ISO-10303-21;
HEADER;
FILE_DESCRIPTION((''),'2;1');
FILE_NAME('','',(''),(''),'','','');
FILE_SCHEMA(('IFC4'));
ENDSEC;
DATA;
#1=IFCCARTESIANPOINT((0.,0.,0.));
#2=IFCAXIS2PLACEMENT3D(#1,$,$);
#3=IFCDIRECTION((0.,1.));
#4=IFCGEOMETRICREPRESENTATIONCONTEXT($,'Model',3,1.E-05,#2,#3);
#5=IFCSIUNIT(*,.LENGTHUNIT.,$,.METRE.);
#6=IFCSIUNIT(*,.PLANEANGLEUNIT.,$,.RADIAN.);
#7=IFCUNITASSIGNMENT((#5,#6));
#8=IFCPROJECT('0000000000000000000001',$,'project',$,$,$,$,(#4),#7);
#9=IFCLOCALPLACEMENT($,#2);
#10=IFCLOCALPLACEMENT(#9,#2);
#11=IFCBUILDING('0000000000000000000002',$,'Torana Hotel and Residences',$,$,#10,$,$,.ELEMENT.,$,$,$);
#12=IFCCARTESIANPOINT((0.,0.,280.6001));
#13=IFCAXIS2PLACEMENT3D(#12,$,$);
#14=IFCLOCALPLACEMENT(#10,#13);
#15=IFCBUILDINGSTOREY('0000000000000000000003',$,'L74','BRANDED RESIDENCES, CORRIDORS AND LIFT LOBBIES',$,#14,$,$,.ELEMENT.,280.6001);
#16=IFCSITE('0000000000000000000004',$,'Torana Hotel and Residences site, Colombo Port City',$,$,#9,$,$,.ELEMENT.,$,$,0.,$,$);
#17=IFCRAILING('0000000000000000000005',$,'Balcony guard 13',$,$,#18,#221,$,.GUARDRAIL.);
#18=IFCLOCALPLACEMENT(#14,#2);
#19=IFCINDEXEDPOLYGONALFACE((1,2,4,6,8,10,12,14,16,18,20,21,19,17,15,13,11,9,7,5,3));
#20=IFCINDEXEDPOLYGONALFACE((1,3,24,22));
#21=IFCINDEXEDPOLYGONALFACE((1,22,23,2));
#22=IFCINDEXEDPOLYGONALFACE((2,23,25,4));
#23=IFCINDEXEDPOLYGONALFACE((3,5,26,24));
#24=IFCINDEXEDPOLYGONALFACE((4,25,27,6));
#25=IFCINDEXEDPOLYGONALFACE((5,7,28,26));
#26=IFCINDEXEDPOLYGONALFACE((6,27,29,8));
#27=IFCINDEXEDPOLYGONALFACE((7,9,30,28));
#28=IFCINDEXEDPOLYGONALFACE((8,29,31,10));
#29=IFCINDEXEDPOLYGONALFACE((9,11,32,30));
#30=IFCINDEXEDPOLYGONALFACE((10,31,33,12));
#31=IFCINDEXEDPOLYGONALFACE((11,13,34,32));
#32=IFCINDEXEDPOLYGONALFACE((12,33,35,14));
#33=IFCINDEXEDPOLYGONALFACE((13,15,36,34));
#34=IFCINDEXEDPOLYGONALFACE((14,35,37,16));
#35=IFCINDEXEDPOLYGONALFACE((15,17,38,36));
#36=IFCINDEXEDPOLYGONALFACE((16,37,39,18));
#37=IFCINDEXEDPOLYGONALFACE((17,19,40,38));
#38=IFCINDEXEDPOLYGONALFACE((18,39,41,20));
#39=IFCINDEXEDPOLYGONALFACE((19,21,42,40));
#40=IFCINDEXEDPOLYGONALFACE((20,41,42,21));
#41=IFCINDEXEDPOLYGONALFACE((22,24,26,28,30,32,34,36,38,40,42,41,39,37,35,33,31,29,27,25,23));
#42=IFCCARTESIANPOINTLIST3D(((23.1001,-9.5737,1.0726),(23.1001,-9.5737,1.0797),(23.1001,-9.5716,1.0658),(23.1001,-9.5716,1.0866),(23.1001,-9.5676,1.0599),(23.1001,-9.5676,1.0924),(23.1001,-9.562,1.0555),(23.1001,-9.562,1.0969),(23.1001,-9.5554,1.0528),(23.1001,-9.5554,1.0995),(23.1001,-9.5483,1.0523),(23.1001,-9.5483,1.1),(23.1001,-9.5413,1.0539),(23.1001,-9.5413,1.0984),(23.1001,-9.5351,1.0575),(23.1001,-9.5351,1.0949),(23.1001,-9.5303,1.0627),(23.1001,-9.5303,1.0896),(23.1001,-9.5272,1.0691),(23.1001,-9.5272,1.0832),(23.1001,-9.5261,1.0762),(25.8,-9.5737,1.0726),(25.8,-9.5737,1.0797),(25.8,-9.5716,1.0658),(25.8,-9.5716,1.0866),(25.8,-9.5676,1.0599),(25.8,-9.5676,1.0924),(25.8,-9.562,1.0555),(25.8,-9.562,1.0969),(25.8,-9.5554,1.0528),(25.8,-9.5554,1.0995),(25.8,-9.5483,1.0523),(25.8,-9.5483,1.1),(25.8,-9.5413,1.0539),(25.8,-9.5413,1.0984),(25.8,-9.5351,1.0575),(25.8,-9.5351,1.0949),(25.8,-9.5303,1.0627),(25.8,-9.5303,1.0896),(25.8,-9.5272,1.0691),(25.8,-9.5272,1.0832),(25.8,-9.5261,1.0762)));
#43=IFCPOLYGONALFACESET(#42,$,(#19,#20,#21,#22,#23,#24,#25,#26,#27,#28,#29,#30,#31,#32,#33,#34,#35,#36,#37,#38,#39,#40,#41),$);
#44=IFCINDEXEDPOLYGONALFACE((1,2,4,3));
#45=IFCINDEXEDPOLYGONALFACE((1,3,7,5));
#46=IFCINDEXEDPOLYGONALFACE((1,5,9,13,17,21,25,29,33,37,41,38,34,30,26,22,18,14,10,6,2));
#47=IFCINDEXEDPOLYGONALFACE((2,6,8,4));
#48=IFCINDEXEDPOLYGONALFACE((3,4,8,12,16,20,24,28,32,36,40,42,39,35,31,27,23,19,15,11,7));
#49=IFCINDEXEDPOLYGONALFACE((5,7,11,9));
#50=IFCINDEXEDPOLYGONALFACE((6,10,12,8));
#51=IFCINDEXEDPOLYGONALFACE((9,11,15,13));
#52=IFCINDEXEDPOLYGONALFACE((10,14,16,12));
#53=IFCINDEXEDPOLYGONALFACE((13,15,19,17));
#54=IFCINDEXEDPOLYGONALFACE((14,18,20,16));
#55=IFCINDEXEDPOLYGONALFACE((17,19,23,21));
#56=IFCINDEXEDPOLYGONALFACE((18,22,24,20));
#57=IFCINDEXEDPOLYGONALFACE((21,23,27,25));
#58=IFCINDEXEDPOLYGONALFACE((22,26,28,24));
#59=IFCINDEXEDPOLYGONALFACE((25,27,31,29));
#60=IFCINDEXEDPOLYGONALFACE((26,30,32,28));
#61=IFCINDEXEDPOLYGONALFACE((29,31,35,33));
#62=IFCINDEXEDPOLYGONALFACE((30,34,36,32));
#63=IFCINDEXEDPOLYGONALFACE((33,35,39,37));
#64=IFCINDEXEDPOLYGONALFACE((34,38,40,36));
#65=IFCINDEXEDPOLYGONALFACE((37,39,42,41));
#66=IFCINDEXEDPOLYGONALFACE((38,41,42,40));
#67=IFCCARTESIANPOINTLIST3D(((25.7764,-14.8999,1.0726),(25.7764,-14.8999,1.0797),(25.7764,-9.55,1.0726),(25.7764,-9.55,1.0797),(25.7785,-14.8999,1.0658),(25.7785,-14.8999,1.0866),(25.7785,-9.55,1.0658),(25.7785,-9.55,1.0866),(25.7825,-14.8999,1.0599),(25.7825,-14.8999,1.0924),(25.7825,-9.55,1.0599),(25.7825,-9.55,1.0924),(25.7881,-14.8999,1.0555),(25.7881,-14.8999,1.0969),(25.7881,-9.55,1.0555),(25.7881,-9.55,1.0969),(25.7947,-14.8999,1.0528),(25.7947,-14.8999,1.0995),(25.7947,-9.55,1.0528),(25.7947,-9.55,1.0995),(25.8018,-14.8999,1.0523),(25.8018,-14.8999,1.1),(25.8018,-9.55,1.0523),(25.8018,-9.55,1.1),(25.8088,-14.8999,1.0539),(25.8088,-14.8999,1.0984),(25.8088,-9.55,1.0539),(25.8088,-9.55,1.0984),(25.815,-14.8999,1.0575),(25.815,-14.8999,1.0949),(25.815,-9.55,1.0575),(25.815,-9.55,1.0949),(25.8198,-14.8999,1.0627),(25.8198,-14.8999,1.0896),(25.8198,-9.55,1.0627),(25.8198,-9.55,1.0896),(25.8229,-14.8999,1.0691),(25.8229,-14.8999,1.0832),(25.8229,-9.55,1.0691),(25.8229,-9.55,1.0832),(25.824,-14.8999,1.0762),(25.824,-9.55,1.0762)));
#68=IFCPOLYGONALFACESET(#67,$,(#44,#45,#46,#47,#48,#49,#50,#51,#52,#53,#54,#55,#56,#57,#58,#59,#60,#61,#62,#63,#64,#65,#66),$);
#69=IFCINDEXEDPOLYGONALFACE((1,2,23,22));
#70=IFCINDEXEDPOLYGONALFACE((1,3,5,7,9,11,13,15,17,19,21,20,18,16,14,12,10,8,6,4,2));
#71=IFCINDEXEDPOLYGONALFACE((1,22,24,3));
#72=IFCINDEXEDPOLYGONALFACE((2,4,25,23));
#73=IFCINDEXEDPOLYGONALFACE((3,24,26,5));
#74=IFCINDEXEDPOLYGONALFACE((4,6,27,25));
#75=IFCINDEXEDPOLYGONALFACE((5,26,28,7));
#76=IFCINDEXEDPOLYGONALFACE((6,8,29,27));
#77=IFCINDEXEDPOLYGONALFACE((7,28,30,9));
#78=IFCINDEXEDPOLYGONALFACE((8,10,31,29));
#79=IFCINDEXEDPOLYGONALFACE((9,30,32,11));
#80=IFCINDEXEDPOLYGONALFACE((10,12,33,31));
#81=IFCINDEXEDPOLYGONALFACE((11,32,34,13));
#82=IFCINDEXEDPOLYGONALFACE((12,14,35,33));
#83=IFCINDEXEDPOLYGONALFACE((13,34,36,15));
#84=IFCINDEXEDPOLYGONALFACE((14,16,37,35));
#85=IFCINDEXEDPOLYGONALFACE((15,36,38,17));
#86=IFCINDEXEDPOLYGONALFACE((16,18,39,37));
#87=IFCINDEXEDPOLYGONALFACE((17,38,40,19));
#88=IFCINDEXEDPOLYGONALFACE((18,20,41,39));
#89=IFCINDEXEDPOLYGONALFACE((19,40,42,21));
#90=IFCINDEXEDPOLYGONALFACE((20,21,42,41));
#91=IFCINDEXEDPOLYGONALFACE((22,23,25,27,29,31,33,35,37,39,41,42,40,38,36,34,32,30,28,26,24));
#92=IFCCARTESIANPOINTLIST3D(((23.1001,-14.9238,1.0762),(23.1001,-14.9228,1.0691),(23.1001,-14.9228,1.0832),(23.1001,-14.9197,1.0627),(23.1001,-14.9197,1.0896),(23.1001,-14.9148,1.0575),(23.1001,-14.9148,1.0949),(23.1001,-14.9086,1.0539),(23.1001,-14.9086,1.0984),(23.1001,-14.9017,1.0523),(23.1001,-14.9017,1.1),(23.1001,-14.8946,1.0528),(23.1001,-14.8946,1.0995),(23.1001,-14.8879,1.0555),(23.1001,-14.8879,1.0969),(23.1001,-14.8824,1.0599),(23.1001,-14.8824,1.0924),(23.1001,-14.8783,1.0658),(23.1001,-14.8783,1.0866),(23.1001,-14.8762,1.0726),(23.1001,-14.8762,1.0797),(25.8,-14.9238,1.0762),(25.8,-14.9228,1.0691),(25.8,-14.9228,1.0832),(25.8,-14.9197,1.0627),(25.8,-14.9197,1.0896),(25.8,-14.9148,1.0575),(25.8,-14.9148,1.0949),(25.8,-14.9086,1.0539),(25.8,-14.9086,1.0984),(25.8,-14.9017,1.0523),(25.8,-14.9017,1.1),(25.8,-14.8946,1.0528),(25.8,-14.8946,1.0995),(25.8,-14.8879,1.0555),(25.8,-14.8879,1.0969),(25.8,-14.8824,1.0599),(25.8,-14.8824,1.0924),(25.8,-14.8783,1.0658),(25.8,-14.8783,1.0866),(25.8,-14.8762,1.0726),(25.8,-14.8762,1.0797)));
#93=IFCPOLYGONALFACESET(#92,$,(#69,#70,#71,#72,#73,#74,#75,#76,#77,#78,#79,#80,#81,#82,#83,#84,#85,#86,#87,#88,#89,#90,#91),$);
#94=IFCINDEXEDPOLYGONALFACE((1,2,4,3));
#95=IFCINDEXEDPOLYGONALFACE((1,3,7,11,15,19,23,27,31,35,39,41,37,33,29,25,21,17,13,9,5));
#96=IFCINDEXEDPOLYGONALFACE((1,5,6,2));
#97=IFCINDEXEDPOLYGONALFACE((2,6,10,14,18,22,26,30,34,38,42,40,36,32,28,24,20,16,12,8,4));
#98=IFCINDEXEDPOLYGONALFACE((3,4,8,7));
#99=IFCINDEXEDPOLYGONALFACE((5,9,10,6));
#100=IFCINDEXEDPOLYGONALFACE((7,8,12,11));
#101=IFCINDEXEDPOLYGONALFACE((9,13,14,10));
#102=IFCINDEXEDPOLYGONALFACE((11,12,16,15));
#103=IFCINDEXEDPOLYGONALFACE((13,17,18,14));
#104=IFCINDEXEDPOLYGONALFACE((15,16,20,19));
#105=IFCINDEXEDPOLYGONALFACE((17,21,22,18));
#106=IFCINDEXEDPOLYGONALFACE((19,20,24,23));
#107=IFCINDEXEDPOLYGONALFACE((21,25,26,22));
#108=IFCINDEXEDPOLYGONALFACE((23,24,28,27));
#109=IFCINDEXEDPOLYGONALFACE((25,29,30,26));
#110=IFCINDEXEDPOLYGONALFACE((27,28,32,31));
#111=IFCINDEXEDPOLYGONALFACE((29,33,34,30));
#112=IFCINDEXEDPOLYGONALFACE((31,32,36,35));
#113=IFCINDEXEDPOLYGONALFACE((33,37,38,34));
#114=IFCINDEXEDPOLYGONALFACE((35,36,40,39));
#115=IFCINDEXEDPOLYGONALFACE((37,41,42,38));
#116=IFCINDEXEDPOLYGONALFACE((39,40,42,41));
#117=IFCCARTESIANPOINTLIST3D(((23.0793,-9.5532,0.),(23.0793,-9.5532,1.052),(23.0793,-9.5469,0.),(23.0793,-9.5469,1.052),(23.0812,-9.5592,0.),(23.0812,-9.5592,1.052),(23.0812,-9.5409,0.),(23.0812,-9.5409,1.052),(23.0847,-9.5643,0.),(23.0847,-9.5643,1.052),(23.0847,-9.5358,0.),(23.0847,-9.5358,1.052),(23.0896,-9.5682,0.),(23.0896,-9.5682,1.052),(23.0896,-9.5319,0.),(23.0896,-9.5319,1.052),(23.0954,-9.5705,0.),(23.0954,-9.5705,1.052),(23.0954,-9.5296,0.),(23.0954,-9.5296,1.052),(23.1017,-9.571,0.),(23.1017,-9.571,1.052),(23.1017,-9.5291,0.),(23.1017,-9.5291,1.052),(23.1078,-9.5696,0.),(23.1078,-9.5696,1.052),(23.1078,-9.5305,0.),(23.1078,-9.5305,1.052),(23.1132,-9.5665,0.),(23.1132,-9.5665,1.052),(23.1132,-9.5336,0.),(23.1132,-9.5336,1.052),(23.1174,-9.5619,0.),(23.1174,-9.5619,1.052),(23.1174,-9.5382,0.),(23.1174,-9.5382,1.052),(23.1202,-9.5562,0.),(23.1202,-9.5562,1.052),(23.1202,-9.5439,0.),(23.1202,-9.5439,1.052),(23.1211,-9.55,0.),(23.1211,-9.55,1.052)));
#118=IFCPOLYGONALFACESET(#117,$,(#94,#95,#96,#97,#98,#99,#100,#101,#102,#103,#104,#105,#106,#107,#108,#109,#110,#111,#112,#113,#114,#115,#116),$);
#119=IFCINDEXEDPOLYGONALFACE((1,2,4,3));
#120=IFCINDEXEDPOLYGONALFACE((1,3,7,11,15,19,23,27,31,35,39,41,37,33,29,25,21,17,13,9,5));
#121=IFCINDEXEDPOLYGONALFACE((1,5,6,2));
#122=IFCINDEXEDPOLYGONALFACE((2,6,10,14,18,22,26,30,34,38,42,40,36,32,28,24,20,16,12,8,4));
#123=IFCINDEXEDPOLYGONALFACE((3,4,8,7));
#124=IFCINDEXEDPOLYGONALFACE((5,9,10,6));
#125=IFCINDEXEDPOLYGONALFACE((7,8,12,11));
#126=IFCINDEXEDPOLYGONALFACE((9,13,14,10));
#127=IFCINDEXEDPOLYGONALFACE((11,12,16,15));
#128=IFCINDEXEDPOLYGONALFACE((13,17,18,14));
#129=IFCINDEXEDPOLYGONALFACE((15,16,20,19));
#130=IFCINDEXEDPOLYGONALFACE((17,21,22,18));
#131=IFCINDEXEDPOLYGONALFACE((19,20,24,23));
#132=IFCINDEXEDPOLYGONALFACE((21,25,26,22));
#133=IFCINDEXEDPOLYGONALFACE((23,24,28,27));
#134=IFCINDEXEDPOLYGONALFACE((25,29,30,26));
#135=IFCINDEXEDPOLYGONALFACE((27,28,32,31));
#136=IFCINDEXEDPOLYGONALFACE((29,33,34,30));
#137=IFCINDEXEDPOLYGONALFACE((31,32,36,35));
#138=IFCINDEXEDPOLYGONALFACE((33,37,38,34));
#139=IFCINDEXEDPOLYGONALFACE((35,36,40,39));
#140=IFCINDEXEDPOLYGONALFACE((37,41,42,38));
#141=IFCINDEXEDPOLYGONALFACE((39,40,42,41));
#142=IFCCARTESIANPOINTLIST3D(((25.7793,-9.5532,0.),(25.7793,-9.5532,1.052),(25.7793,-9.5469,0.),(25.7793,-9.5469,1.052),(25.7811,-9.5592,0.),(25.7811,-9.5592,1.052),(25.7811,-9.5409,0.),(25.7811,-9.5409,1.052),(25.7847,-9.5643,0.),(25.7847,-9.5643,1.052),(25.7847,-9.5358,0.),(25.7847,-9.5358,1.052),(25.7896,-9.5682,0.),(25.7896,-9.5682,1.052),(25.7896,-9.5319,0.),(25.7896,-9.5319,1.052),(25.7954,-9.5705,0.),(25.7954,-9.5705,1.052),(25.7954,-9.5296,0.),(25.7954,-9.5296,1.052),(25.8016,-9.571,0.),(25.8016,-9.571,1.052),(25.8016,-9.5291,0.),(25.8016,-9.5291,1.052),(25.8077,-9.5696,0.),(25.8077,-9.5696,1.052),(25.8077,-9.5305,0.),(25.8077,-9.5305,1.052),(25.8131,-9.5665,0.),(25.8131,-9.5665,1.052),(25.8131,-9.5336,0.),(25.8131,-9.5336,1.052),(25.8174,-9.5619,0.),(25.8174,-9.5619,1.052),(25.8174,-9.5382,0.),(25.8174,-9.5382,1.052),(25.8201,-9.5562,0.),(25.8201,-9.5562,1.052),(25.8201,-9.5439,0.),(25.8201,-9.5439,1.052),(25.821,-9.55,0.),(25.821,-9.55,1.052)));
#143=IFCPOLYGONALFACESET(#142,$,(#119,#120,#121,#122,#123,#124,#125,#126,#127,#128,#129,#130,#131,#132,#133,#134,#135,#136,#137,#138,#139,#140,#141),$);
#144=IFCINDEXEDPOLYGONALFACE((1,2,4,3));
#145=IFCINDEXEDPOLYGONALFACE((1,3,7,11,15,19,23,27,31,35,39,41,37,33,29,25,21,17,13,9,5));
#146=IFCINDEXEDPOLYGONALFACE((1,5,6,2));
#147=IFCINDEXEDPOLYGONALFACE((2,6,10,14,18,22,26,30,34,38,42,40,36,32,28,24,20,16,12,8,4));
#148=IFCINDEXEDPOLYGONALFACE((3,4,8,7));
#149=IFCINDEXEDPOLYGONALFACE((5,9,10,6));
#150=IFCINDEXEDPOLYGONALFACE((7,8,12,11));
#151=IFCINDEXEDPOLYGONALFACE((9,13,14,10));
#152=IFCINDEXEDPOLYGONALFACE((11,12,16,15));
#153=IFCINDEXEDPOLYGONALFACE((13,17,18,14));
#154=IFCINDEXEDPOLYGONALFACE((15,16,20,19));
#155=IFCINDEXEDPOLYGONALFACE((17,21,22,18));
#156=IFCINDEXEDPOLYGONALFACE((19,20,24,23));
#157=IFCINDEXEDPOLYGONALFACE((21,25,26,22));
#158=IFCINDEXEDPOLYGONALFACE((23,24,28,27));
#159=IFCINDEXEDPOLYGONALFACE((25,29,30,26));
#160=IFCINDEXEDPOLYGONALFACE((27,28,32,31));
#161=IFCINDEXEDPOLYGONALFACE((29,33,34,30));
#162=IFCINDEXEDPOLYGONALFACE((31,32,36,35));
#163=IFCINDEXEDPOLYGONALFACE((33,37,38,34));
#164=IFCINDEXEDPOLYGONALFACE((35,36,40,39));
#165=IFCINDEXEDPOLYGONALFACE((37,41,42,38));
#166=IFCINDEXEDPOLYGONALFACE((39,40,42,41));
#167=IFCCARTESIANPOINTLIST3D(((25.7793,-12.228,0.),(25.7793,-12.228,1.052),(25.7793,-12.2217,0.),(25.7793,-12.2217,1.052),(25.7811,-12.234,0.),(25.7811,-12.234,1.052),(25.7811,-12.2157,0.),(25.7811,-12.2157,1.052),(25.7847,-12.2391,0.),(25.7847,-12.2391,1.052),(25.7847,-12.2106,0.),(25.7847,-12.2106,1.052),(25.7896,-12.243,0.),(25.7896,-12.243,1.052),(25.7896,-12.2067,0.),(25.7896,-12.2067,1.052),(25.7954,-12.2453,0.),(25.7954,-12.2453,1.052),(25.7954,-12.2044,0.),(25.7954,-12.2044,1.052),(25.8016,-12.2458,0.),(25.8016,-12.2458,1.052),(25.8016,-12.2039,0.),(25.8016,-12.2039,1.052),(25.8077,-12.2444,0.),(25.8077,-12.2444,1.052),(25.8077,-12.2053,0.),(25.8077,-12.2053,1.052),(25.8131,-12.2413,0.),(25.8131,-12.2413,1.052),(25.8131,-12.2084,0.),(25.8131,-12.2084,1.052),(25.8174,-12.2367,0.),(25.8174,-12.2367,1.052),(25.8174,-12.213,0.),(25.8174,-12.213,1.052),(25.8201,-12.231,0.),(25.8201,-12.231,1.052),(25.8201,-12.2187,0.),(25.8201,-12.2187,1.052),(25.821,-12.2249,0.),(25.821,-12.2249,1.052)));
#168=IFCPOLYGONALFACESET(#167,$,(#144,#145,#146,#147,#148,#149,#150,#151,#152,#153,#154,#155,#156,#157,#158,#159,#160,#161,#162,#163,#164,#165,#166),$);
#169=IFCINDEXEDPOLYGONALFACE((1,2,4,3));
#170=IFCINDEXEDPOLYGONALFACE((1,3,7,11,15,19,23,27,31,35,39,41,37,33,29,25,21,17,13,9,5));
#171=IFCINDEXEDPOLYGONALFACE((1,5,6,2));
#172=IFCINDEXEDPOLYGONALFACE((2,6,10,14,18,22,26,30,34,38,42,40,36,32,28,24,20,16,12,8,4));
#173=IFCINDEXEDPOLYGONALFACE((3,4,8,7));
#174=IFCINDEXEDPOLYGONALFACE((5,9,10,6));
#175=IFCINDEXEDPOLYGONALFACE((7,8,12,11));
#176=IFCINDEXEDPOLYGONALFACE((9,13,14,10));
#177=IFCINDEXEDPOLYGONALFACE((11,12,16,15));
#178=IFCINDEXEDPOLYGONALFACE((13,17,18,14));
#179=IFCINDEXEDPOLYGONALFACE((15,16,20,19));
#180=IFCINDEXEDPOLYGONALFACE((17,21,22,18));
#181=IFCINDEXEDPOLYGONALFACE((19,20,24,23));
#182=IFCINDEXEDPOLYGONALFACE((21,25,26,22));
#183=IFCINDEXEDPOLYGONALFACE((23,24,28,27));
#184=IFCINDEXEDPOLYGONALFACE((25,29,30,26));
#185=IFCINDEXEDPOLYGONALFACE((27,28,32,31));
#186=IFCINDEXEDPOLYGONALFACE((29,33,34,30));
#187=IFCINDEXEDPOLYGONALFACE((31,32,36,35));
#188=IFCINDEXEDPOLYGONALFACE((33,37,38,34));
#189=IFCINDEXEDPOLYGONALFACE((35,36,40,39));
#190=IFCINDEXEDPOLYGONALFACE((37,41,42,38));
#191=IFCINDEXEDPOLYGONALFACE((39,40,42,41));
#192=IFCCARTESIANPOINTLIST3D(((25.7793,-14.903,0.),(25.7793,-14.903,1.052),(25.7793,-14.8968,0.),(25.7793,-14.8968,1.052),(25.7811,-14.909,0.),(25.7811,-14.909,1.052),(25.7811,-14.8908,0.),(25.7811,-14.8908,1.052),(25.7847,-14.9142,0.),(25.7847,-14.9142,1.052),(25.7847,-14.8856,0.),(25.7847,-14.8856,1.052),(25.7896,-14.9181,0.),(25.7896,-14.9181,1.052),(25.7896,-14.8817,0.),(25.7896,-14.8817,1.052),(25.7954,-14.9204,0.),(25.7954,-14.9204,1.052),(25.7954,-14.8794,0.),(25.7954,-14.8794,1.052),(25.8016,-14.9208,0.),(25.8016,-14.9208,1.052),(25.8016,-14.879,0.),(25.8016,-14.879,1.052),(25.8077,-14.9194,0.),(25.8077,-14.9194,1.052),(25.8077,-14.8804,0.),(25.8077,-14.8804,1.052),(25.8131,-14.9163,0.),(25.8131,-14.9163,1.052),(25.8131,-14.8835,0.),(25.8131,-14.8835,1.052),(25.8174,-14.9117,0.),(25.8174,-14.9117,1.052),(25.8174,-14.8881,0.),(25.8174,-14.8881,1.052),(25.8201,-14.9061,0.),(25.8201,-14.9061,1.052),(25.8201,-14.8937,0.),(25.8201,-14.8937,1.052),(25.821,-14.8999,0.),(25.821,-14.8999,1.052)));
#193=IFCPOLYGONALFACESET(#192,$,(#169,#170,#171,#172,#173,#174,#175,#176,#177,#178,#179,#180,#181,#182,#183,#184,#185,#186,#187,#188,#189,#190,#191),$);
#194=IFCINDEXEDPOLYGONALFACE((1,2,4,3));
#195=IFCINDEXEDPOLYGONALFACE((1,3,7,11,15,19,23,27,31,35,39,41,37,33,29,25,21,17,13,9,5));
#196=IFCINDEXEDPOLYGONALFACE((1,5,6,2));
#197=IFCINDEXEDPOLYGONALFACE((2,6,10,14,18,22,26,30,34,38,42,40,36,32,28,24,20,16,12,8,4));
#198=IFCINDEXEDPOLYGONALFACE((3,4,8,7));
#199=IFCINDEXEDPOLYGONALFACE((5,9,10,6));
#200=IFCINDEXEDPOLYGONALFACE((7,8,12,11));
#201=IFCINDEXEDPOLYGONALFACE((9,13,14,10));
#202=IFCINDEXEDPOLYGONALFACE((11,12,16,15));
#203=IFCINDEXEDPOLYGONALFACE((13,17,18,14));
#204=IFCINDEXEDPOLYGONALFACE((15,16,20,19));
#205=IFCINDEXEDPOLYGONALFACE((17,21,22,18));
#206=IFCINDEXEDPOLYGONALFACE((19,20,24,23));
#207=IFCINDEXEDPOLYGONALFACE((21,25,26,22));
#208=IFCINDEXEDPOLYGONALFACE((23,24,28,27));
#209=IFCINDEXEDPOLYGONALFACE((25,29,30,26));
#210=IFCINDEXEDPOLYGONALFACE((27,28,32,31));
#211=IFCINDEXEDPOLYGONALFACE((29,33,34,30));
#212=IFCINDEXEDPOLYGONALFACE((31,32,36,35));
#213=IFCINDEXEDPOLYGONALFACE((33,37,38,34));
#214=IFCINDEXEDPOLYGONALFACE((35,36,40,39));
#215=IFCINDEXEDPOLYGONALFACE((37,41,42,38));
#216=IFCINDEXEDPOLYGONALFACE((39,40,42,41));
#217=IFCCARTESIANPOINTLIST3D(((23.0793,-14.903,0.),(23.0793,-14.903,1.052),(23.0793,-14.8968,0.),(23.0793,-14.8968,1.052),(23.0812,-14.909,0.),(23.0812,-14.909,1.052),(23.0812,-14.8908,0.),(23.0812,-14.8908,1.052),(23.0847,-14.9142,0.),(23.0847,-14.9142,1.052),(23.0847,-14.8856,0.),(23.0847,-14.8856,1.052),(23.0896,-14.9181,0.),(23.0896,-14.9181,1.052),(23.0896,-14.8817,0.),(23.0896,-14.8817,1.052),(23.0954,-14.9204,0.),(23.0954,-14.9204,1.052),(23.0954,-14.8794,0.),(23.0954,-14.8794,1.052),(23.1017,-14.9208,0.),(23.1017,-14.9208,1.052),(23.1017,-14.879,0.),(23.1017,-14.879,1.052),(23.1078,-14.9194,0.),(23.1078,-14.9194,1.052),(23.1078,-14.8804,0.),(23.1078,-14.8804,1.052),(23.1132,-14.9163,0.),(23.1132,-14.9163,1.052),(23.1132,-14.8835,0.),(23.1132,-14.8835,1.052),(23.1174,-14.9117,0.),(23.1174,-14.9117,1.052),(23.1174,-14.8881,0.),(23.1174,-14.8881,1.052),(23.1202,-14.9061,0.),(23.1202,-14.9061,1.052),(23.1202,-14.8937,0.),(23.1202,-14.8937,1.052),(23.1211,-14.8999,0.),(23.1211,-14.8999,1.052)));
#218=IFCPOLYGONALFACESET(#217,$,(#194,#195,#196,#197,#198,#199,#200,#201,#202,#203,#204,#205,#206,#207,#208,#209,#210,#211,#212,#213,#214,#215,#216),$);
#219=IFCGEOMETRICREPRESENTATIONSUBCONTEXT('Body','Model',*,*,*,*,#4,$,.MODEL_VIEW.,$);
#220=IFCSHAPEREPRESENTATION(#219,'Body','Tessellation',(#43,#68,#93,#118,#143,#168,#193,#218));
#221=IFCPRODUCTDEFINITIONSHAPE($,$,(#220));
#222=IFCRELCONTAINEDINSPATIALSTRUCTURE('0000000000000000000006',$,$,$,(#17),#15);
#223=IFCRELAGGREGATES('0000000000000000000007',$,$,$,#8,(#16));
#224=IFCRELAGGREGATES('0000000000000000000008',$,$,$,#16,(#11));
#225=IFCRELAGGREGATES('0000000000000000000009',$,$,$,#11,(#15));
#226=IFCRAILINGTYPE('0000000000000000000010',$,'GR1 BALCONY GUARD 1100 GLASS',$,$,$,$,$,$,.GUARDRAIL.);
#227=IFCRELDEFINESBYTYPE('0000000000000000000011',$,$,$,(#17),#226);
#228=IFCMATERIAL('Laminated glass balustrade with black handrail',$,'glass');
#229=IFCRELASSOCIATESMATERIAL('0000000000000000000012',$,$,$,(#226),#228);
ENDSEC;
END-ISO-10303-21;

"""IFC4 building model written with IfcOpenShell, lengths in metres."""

from ifc_helpers import new_model, si_unit, direction, frame, origin, origin_2d, place, context, subcontext, project, spatial, circle, extrude, material, type_object, element, save


model = new_model("IFC4")

# Units and contexts
model_context = context("Model", 3, precision=1e-05, world=origin(), true_north=direction((0.0, 1.0)))
body_context = subcontext(model_context, "Body", "Model", "MODEL_VIEW")
ifc_project = project(units=[si_unit("LENGTHUNIT", "METRE"), si_unit("PLANEANGLEUNIT", "RADIAN")], contexts=[model_context])

# Site, building, storey
site_placement = place(None, origin())
site = spatial("IfcSite", under=ifc_project, at=site_placement, Name="Torana Hotel and Residences site, Colombo Port City", CompositionType="ELEMENT", RefElevation=0.0)
building_placement = place(site_placement, origin())
building = spatial("IfcBuilding", under=site, at=building_placement, Name="Torana Hotel and Residences", CompositionType="ELEMENT")
storey_placement = place(building_placement, frame((0.0, 0.0, 280.6001)))
storey = spatial("IfcBuildingStorey", under=building, at=storey_placement, Name="L74", Description="BRANDED RESIDENCES, CORRIDORS AND LIFT LOBBIES", CompositionType="ELEMENT", Elevation=280.6001)

# Railing
ifc_material_1 = material(Name="Laminated glass balustrade with black handrail", Category="glass")
railing_type_1 = type_object("IfcRailingType", Name="GR1 BALCONY GUARD 1100 GLASS", PredefinedType="GUARDRAIL", material=ifc_material_1)
railing_1_placement = place(storey_placement, frame((23.1001, -9.55, 0.0)))
element("IfcRailing", 1, at=railing_1_placement, inside=storey, type_object=railing_type_1, Name="Balcony guard 13", PredefinedType="GUARDRAIL", context=body_context, shape_type="SweptSolid", body=[
    extrude(circle(Radius=0.0239, at=origin_2d()), frame((0.0, 0.0, 1.0762), z_axis=(1.0, 0.0, 0.0), x_axis=(0.0, 1.0, 0.0)), (0.0, 0.0, 1.0), 2.7),
    extrude(circle(Radius=0.0239, at=origin_2d()), frame((2.7, 0.0, 1.0762), z_axis=(0.0, -1.0, 0.0), x_axis=(1.0, 0.0, 0.0)), (0.0, 0.0, 1.0), 5.3499),
    extrude(circle(Radius=0.0239, at=origin_2d()), frame((2.7, -5.3499, 1.0762), z_axis=(-1.0, 0.0, 0.0), x_axis=(0.0, -1.0, 0.0)), (0.0, 0.0, 1.0), 2.7),
    extrude(circle(Radius=0.021, at=origin_2d()), origin(), (0.0, 0.0, 1.0), 1.052),
    extrude(circle(Radius=0.021, at=origin_2d()), frame((2.7, 0.0, 0.0)), (0.0, 0.0, 1.0), 1.052),
    extrude(circle(Radius=0.021, at=origin_2d()), frame((2.7, -2.6748, 0.0)), (0.0, 0.0, 1.0), 1.052),
    extrude(circle(Radius=0.021, at=origin_2d()), frame((2.7, -5.3499, 0.0)), (0.0, 0.0, 1.0), 1.052),
    extrude(circle(Radius=0.021, at=origin_2d()), frame((0.0, -5.3499, 0.0)), (0.0, 0.0, 1.0), 1.052),
])

save(model, "model.ifc")
